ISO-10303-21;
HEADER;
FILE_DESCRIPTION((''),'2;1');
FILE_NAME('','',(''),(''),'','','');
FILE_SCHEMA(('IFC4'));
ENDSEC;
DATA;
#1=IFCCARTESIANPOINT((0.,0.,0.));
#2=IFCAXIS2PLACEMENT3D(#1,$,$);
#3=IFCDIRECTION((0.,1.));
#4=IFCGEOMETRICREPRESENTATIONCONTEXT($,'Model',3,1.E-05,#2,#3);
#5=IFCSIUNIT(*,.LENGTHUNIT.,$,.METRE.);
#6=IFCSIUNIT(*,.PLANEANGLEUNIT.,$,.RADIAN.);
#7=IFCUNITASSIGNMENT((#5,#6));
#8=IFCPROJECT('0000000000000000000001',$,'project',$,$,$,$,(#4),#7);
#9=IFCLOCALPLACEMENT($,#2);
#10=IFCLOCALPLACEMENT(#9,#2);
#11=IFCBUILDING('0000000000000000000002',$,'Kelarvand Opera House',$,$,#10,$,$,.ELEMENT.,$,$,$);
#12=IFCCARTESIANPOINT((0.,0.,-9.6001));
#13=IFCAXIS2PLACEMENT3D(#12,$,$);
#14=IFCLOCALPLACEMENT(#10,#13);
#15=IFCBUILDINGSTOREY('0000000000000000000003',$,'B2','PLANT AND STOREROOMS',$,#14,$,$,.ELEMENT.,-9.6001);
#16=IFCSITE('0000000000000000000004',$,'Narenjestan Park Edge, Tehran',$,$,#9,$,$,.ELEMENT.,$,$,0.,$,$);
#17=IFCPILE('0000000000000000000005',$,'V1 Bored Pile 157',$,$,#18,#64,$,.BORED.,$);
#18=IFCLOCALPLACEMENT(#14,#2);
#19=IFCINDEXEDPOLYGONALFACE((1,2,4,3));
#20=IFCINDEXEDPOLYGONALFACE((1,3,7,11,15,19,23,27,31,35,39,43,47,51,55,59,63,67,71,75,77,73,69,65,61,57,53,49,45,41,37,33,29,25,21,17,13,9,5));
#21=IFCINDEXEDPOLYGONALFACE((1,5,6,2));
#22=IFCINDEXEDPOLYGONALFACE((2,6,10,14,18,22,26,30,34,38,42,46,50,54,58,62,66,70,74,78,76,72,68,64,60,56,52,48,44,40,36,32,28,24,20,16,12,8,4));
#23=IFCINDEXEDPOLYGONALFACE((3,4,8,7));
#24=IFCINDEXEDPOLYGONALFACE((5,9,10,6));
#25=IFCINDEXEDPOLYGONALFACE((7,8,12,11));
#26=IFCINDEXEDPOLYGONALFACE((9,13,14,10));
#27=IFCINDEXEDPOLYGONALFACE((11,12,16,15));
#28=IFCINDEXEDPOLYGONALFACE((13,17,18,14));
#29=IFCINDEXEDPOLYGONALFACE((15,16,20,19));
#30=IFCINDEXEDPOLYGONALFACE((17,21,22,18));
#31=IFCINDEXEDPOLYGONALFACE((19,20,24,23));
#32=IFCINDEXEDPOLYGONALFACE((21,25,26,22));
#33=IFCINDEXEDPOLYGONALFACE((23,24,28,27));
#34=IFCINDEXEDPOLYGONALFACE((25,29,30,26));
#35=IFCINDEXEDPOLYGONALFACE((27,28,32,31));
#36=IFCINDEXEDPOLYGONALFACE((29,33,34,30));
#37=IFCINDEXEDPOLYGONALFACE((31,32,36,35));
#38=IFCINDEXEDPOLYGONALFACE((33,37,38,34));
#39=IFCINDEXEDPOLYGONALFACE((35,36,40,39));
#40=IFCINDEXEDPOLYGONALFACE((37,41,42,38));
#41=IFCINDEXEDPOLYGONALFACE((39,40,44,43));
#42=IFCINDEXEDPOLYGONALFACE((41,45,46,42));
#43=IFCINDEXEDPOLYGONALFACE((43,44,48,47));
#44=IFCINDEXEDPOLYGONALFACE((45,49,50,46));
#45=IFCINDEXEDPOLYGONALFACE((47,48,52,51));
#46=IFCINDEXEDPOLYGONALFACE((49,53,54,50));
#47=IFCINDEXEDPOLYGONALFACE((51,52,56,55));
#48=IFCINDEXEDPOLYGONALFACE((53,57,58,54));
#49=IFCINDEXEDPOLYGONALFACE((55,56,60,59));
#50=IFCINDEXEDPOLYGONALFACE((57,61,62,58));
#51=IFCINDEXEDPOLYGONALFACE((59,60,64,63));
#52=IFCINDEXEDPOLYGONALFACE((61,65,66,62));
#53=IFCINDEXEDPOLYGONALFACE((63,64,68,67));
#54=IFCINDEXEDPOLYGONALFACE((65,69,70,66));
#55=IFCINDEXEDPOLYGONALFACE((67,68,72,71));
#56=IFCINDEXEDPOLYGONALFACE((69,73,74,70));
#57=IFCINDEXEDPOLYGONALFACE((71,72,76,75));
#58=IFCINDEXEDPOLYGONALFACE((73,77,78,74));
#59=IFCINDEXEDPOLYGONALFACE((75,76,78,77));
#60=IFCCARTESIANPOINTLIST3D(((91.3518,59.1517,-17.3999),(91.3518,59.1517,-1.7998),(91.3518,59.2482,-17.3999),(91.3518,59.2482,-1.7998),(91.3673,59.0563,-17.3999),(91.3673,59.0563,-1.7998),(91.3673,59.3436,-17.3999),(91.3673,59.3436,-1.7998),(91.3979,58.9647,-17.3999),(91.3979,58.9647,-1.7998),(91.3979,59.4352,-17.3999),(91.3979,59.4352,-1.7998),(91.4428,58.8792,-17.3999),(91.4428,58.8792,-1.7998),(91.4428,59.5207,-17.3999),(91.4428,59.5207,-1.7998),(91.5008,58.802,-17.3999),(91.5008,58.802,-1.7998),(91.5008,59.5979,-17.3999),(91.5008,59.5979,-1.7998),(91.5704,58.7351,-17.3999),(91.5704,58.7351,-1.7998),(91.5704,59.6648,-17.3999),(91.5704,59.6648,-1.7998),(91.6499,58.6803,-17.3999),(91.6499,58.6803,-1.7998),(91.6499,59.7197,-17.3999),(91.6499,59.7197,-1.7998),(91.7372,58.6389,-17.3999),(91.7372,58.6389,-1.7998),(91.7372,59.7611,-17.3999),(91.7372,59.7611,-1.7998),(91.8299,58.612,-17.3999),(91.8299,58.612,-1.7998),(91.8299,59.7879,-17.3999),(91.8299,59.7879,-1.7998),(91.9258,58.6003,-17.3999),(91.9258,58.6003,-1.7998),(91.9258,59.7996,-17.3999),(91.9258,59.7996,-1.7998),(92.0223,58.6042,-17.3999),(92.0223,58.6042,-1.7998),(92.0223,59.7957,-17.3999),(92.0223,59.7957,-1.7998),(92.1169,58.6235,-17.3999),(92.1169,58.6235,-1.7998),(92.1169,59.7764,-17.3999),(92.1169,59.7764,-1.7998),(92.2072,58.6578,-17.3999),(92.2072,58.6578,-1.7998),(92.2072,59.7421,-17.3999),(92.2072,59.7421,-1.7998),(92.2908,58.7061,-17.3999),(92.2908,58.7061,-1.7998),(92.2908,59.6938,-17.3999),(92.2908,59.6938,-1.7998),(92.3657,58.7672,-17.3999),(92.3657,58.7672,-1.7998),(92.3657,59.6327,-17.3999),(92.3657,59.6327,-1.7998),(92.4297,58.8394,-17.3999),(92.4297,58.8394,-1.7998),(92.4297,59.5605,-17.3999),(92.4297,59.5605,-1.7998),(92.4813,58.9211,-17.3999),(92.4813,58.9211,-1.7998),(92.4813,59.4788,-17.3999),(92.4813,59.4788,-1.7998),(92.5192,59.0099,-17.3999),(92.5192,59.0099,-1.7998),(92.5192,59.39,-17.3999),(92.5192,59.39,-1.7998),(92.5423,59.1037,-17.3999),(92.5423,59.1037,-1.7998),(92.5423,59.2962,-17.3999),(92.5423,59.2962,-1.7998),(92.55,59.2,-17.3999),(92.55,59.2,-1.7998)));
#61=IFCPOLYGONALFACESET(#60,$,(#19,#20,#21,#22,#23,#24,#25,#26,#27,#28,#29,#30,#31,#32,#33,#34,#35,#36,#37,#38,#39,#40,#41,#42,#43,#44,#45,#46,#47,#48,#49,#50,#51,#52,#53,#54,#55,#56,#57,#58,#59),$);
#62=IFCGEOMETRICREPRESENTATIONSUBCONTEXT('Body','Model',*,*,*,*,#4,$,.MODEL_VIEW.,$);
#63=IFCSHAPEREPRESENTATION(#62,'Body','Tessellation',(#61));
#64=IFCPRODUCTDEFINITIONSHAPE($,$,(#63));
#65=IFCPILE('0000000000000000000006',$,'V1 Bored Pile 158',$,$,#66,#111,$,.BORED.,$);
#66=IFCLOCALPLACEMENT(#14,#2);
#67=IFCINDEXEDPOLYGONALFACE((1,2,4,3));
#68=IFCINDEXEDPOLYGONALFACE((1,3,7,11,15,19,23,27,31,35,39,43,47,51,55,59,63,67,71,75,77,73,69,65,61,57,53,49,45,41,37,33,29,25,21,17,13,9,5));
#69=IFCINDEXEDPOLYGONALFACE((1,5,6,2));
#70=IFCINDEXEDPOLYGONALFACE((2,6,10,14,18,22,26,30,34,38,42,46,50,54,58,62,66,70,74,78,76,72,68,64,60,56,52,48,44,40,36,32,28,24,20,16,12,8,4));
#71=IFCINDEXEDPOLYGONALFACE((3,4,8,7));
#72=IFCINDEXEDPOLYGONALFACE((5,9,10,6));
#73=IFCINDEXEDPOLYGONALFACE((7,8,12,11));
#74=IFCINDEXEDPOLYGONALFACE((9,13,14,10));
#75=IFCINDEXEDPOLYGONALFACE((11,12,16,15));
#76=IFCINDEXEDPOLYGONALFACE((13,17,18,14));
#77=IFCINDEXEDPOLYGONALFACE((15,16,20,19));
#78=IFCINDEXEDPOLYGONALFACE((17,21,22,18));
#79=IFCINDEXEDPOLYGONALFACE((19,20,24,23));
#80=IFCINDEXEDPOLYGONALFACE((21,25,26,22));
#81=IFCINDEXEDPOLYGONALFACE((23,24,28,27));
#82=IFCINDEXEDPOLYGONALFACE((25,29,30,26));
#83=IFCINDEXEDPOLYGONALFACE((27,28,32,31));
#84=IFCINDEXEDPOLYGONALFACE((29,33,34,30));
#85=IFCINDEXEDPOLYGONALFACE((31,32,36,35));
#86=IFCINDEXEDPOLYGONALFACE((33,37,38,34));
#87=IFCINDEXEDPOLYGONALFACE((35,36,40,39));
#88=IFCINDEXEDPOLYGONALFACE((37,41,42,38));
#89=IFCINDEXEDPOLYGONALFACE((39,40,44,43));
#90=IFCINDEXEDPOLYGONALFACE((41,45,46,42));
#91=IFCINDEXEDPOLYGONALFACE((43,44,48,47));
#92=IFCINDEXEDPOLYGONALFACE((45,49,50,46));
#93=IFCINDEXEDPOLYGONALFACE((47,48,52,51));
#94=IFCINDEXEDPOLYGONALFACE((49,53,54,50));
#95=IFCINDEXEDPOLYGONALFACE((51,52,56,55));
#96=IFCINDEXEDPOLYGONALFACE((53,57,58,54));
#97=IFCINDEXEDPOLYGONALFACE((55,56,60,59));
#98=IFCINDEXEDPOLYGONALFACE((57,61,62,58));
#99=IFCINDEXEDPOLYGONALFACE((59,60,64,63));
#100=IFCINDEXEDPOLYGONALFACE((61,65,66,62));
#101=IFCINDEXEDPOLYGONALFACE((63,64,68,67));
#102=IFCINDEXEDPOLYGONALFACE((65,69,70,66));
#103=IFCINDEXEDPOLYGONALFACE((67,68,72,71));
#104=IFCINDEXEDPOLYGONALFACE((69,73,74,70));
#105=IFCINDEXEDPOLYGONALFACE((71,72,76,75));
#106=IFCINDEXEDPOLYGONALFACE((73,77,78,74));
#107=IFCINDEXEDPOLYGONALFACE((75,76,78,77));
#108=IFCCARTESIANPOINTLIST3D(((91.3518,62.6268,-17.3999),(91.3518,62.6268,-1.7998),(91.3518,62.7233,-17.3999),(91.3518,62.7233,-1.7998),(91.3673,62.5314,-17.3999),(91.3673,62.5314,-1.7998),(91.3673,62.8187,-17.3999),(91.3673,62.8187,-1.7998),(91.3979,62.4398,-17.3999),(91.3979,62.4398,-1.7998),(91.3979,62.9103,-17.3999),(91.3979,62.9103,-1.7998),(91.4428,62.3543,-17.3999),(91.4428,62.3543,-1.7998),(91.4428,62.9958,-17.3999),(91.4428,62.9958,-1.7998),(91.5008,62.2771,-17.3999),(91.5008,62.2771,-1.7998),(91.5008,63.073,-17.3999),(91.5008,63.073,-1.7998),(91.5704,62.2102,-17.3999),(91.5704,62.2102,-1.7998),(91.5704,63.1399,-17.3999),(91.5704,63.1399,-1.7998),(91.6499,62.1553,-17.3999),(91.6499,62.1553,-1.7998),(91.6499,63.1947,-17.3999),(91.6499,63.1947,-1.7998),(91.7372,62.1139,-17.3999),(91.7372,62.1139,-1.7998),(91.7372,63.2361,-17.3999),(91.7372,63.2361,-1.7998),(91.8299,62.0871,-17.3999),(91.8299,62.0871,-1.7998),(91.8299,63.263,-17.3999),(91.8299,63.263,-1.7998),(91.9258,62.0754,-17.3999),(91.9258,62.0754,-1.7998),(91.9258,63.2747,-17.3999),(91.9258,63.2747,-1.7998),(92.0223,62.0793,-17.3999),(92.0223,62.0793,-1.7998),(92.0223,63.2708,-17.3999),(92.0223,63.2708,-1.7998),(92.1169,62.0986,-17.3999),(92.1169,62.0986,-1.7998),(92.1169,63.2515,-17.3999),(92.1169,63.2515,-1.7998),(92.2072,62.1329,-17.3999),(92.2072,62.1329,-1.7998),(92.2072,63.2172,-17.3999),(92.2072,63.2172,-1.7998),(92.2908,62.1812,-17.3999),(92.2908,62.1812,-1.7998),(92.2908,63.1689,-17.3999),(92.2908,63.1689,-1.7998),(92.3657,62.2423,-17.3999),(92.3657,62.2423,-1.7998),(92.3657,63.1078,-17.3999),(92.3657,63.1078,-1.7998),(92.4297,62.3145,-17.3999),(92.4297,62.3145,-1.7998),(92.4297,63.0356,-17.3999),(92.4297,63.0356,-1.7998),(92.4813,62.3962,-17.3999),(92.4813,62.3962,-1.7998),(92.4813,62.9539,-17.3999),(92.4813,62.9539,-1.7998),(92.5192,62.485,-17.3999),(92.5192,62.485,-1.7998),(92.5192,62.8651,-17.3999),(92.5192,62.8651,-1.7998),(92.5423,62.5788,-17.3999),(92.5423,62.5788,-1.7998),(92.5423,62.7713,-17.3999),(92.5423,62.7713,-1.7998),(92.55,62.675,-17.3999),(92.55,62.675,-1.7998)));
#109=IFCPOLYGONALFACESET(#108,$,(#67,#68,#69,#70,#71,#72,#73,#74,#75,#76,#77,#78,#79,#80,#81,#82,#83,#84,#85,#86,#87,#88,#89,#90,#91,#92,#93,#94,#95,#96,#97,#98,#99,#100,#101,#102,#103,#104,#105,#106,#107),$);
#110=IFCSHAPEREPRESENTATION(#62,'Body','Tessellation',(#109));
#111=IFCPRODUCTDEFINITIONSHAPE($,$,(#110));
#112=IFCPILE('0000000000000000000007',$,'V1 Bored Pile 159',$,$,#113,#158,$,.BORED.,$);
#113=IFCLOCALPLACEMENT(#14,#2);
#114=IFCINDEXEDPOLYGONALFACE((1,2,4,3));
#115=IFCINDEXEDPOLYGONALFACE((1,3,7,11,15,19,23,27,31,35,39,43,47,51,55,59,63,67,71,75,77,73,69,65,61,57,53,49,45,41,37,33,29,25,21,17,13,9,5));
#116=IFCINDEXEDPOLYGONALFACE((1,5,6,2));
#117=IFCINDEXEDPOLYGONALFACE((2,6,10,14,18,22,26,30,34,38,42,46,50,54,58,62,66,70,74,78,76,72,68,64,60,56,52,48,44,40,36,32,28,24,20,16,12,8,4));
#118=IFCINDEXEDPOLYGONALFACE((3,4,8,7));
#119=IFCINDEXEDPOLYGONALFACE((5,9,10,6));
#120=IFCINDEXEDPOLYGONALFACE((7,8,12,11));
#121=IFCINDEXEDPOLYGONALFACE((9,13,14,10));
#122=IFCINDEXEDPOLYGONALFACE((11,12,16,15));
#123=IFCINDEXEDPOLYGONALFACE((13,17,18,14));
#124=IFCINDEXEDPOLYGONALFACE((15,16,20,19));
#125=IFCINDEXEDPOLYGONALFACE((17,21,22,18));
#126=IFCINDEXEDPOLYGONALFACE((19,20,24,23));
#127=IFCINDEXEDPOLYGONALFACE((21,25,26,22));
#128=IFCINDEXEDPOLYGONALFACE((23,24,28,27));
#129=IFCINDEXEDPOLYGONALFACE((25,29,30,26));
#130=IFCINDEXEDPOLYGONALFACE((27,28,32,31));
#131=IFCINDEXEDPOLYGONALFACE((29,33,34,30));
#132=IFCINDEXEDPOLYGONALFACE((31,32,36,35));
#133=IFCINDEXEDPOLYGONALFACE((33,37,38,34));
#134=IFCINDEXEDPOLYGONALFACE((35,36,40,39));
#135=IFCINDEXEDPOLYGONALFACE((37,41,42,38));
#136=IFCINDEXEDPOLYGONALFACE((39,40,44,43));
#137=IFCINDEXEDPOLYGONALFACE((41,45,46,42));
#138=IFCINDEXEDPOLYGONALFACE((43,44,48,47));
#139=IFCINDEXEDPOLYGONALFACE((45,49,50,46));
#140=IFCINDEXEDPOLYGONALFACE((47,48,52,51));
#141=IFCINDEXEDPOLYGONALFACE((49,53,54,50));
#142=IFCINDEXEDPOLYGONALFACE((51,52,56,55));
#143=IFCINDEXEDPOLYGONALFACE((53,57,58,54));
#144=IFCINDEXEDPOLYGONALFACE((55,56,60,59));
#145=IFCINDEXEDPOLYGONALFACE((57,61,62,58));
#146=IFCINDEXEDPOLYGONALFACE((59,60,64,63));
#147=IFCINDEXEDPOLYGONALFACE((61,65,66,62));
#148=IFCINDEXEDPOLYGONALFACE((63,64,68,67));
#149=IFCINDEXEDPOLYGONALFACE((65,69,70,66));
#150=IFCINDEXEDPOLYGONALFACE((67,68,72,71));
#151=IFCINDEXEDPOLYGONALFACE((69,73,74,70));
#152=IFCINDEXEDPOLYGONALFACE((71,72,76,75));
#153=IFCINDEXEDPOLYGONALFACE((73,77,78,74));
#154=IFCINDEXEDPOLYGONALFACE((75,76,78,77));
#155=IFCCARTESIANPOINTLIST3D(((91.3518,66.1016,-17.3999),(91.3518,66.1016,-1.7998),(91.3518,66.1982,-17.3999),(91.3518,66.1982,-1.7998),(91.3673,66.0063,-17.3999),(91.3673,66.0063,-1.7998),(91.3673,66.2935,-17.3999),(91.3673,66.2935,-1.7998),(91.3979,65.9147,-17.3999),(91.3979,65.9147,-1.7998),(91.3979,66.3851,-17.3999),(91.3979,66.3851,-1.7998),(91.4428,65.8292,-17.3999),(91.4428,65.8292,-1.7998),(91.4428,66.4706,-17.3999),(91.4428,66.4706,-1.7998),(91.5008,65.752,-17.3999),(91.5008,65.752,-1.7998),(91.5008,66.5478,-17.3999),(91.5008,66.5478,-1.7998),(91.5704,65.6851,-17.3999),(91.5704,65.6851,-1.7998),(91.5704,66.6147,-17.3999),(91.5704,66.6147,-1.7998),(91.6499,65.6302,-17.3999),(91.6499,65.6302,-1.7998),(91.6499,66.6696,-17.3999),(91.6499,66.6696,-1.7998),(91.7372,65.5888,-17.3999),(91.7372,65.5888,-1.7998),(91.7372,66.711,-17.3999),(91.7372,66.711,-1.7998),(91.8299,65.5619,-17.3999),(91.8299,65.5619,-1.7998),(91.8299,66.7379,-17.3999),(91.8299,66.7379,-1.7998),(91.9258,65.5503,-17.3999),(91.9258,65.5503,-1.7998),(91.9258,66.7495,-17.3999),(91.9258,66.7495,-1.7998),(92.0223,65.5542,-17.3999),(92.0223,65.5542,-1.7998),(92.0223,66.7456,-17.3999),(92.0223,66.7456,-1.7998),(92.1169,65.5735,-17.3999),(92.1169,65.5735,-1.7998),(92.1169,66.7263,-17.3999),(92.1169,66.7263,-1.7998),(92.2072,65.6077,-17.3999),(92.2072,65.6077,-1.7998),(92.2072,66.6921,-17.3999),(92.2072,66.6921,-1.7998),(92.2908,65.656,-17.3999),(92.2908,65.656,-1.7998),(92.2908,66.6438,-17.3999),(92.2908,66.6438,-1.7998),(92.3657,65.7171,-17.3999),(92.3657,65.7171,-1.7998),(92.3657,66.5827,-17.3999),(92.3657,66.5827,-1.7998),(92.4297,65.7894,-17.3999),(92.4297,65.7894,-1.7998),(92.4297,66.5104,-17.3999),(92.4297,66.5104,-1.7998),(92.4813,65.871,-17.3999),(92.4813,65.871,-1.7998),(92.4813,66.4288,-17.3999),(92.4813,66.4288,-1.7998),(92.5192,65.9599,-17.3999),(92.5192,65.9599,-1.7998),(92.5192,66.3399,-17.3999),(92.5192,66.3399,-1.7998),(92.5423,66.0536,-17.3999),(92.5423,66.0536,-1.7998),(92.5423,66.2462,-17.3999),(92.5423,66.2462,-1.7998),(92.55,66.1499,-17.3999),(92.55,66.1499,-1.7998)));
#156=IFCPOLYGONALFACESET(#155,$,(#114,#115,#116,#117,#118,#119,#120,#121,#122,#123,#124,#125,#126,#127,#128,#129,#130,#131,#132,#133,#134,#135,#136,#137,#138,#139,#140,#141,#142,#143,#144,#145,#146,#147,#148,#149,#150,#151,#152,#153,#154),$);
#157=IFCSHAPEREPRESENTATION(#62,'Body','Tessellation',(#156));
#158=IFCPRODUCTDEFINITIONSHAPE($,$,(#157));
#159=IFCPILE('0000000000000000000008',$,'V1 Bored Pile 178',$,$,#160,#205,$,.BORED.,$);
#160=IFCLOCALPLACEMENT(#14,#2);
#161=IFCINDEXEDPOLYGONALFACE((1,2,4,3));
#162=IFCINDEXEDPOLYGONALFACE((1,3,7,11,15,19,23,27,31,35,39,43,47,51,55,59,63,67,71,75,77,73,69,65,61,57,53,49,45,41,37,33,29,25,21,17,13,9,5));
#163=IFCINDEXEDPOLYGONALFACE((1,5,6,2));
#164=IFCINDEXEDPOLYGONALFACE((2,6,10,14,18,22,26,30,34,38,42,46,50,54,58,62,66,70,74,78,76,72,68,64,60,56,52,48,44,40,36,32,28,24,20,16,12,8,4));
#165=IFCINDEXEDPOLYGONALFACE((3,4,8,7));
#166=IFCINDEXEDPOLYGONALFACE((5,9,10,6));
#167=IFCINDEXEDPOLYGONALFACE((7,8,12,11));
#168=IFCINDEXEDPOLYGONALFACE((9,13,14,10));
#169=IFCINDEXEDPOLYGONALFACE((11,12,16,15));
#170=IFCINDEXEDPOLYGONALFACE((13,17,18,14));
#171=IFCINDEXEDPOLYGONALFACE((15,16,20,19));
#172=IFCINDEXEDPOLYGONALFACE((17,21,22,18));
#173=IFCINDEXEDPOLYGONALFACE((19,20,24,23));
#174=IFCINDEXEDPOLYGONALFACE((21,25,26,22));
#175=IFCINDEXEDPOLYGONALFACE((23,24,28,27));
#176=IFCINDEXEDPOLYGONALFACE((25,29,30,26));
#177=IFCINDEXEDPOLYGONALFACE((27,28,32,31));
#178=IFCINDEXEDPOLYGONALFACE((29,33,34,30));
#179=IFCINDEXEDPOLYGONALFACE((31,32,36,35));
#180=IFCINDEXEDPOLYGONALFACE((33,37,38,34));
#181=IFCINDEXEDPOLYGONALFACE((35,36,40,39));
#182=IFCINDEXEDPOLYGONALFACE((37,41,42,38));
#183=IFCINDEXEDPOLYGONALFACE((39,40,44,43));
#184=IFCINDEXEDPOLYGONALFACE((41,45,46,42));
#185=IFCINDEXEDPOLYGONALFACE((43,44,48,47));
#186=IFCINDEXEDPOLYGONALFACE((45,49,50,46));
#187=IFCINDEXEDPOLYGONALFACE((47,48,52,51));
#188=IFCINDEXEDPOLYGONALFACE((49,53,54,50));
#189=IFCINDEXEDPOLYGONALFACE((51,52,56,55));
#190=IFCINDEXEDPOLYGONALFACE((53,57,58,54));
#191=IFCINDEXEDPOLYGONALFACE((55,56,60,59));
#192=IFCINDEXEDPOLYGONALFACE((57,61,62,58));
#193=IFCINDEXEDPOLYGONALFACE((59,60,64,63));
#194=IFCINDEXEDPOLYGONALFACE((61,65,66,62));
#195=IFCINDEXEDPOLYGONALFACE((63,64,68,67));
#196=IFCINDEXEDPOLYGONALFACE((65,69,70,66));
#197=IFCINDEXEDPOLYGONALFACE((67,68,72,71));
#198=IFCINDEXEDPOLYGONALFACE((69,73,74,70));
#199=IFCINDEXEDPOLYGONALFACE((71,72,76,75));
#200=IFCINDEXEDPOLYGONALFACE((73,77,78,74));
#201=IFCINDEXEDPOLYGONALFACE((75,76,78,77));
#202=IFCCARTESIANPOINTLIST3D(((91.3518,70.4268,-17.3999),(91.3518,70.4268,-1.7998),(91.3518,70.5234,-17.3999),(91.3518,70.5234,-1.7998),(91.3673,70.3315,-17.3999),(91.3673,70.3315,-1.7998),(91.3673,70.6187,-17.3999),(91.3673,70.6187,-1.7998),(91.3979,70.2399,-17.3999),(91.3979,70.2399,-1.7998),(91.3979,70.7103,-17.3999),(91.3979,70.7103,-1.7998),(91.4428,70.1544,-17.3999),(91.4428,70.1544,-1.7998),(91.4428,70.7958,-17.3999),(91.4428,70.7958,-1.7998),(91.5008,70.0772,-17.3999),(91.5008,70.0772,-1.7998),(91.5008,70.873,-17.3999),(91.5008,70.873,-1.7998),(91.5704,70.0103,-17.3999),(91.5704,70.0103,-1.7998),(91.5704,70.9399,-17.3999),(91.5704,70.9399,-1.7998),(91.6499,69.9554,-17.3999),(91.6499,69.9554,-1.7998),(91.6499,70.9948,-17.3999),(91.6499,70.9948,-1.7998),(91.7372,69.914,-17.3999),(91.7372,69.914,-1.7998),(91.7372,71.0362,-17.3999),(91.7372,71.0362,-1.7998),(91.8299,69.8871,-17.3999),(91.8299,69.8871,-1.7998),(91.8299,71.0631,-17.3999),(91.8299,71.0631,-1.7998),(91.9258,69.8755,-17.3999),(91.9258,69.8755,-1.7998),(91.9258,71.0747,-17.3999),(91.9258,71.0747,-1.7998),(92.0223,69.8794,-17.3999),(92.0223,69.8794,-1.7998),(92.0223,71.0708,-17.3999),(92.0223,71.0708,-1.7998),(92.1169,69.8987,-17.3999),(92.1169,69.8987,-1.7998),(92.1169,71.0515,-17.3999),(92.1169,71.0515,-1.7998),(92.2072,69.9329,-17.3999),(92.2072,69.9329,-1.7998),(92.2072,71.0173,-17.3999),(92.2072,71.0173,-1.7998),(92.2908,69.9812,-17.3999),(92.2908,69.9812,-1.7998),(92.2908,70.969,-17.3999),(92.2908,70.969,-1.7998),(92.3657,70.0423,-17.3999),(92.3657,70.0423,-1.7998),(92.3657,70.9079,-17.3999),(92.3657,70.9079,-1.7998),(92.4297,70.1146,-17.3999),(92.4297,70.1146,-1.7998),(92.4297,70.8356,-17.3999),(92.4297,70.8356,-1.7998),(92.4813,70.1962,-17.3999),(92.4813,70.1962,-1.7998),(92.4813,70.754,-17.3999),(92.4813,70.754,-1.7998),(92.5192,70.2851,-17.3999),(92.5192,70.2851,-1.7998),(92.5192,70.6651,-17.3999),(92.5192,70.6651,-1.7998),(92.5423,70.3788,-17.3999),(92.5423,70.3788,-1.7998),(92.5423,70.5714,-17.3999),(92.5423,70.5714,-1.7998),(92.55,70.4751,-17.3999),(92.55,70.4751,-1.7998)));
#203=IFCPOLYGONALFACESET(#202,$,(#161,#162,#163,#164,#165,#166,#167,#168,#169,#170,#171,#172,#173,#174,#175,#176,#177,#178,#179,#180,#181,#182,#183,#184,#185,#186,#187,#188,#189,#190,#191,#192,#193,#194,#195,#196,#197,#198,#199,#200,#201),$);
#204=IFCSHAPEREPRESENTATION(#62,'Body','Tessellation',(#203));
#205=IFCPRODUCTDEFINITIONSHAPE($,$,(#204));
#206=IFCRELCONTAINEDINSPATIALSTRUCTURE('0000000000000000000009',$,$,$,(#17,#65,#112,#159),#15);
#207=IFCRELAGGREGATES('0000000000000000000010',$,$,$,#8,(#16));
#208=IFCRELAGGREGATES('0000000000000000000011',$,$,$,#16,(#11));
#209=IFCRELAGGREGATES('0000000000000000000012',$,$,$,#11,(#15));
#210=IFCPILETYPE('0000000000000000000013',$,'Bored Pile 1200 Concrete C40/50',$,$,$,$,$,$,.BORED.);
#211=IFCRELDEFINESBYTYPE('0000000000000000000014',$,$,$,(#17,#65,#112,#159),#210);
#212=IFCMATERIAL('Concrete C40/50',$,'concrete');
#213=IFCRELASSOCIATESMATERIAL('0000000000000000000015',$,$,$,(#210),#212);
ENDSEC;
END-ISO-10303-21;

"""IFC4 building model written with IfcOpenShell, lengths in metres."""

from ifc_helpers import new_model, si_unit, direction, frame, origin, origin_2d, place, context, subcontext, project, spatial, circle, extrude, material, material_profile, profile_set, type_object, element, save


model = new_model("IFC4")

# Units and contexts
model_context = context("Model", 3, precision=1e-05, world=origin(), true_north=direction((0.0, 1.0)))
body_context = subcontext(model_context, "Body", "Model", "MODEL_VIEW")
ifc_project = project(units=[si_unit("LENGTHUNIT", "METRE"), si_unit("PLANEANGLEUNIT", "RADIAN")], contexts=[model_context])

# Site, building, storey
site_placement = place(None, origin())
site = spatial("IfcSite", under=ifc_project, at=site_placement, Name="Narenjestan Park Edge, Tehran", CompositionType="ELEMENT", RefElevation=0.0)
building_placement = place(site_placement, origin())
building = spatial("IfcBuilding", under=site, at=building_placement, Name="Kelarvand Opera House", CompositionType="ELEMENT")
storey_placement = place(building_placement, frame((0.0, 0.0, -9.6001)))
storey = spatial("IfcBuildingStorey", under=building, at=storey_placement, Name="B2", Description="PLANT AND STOREROOMS", CompositionType="ELEMENT", Elevation=-9.6001)

# Piles
ifc_material_1 = material(Name="Concrete C40/50", Category="concrete")
ifc_material_profile_1 = material_profile(ifc_material_1, circle(Radius=0.6001, at=origin_2d()), Name="BP 1200", Category="concrete")
ifc_profile_set_1 = profile_set([ifc_material_profile_1], Name="Concrete C40/50")
pile_type_1 = type_object("IfcPileType", Name="Bored Pile 1200 Concrete C40/50", PredefinedType="BORED", material=ifc_profile_set_1)
for number, where, z_axis, x_axis, name in (
    (1, (91.95, 59.2, -1.7998), (0.0, 0.0, -1.0), (1.0, 0.0, 0.0), "V1 Bored Pile 157"),
    (2, (91.95, 62.675, -1.7998), (0.0, 0.0, -1.0), (1.0, 0.0, 0.0), "V1 Bored Pile 158"),
    (3, (91.95, 66.1499, -1.7998), (0.0, 0.0, -1.0), (1.0, 0.0, 0.0), "V1 Bored Pile 159"),
    (4, (91.95, 70.4751, -1.7998), (0.0, 0.0, -1.0), (1.0, 0.0, 0.0), "V1 Bored Pile 178"),
):
    element("IfcPile", number, at=place(storey_placement, frame(where, z_axis=z_axis, x_axis=x_axis)), inside=storey, type_object=pile_type_1, Name=name, PredefinedType="BORED", context=body_context, shape_type="SweptSolid", body=[
        extrude(circle(Radius=0.6001, at=origin_2d()), origin(), (0.0, 0.0, 1.0), 15.6001),
    ])

save(model, "model.ifc")
